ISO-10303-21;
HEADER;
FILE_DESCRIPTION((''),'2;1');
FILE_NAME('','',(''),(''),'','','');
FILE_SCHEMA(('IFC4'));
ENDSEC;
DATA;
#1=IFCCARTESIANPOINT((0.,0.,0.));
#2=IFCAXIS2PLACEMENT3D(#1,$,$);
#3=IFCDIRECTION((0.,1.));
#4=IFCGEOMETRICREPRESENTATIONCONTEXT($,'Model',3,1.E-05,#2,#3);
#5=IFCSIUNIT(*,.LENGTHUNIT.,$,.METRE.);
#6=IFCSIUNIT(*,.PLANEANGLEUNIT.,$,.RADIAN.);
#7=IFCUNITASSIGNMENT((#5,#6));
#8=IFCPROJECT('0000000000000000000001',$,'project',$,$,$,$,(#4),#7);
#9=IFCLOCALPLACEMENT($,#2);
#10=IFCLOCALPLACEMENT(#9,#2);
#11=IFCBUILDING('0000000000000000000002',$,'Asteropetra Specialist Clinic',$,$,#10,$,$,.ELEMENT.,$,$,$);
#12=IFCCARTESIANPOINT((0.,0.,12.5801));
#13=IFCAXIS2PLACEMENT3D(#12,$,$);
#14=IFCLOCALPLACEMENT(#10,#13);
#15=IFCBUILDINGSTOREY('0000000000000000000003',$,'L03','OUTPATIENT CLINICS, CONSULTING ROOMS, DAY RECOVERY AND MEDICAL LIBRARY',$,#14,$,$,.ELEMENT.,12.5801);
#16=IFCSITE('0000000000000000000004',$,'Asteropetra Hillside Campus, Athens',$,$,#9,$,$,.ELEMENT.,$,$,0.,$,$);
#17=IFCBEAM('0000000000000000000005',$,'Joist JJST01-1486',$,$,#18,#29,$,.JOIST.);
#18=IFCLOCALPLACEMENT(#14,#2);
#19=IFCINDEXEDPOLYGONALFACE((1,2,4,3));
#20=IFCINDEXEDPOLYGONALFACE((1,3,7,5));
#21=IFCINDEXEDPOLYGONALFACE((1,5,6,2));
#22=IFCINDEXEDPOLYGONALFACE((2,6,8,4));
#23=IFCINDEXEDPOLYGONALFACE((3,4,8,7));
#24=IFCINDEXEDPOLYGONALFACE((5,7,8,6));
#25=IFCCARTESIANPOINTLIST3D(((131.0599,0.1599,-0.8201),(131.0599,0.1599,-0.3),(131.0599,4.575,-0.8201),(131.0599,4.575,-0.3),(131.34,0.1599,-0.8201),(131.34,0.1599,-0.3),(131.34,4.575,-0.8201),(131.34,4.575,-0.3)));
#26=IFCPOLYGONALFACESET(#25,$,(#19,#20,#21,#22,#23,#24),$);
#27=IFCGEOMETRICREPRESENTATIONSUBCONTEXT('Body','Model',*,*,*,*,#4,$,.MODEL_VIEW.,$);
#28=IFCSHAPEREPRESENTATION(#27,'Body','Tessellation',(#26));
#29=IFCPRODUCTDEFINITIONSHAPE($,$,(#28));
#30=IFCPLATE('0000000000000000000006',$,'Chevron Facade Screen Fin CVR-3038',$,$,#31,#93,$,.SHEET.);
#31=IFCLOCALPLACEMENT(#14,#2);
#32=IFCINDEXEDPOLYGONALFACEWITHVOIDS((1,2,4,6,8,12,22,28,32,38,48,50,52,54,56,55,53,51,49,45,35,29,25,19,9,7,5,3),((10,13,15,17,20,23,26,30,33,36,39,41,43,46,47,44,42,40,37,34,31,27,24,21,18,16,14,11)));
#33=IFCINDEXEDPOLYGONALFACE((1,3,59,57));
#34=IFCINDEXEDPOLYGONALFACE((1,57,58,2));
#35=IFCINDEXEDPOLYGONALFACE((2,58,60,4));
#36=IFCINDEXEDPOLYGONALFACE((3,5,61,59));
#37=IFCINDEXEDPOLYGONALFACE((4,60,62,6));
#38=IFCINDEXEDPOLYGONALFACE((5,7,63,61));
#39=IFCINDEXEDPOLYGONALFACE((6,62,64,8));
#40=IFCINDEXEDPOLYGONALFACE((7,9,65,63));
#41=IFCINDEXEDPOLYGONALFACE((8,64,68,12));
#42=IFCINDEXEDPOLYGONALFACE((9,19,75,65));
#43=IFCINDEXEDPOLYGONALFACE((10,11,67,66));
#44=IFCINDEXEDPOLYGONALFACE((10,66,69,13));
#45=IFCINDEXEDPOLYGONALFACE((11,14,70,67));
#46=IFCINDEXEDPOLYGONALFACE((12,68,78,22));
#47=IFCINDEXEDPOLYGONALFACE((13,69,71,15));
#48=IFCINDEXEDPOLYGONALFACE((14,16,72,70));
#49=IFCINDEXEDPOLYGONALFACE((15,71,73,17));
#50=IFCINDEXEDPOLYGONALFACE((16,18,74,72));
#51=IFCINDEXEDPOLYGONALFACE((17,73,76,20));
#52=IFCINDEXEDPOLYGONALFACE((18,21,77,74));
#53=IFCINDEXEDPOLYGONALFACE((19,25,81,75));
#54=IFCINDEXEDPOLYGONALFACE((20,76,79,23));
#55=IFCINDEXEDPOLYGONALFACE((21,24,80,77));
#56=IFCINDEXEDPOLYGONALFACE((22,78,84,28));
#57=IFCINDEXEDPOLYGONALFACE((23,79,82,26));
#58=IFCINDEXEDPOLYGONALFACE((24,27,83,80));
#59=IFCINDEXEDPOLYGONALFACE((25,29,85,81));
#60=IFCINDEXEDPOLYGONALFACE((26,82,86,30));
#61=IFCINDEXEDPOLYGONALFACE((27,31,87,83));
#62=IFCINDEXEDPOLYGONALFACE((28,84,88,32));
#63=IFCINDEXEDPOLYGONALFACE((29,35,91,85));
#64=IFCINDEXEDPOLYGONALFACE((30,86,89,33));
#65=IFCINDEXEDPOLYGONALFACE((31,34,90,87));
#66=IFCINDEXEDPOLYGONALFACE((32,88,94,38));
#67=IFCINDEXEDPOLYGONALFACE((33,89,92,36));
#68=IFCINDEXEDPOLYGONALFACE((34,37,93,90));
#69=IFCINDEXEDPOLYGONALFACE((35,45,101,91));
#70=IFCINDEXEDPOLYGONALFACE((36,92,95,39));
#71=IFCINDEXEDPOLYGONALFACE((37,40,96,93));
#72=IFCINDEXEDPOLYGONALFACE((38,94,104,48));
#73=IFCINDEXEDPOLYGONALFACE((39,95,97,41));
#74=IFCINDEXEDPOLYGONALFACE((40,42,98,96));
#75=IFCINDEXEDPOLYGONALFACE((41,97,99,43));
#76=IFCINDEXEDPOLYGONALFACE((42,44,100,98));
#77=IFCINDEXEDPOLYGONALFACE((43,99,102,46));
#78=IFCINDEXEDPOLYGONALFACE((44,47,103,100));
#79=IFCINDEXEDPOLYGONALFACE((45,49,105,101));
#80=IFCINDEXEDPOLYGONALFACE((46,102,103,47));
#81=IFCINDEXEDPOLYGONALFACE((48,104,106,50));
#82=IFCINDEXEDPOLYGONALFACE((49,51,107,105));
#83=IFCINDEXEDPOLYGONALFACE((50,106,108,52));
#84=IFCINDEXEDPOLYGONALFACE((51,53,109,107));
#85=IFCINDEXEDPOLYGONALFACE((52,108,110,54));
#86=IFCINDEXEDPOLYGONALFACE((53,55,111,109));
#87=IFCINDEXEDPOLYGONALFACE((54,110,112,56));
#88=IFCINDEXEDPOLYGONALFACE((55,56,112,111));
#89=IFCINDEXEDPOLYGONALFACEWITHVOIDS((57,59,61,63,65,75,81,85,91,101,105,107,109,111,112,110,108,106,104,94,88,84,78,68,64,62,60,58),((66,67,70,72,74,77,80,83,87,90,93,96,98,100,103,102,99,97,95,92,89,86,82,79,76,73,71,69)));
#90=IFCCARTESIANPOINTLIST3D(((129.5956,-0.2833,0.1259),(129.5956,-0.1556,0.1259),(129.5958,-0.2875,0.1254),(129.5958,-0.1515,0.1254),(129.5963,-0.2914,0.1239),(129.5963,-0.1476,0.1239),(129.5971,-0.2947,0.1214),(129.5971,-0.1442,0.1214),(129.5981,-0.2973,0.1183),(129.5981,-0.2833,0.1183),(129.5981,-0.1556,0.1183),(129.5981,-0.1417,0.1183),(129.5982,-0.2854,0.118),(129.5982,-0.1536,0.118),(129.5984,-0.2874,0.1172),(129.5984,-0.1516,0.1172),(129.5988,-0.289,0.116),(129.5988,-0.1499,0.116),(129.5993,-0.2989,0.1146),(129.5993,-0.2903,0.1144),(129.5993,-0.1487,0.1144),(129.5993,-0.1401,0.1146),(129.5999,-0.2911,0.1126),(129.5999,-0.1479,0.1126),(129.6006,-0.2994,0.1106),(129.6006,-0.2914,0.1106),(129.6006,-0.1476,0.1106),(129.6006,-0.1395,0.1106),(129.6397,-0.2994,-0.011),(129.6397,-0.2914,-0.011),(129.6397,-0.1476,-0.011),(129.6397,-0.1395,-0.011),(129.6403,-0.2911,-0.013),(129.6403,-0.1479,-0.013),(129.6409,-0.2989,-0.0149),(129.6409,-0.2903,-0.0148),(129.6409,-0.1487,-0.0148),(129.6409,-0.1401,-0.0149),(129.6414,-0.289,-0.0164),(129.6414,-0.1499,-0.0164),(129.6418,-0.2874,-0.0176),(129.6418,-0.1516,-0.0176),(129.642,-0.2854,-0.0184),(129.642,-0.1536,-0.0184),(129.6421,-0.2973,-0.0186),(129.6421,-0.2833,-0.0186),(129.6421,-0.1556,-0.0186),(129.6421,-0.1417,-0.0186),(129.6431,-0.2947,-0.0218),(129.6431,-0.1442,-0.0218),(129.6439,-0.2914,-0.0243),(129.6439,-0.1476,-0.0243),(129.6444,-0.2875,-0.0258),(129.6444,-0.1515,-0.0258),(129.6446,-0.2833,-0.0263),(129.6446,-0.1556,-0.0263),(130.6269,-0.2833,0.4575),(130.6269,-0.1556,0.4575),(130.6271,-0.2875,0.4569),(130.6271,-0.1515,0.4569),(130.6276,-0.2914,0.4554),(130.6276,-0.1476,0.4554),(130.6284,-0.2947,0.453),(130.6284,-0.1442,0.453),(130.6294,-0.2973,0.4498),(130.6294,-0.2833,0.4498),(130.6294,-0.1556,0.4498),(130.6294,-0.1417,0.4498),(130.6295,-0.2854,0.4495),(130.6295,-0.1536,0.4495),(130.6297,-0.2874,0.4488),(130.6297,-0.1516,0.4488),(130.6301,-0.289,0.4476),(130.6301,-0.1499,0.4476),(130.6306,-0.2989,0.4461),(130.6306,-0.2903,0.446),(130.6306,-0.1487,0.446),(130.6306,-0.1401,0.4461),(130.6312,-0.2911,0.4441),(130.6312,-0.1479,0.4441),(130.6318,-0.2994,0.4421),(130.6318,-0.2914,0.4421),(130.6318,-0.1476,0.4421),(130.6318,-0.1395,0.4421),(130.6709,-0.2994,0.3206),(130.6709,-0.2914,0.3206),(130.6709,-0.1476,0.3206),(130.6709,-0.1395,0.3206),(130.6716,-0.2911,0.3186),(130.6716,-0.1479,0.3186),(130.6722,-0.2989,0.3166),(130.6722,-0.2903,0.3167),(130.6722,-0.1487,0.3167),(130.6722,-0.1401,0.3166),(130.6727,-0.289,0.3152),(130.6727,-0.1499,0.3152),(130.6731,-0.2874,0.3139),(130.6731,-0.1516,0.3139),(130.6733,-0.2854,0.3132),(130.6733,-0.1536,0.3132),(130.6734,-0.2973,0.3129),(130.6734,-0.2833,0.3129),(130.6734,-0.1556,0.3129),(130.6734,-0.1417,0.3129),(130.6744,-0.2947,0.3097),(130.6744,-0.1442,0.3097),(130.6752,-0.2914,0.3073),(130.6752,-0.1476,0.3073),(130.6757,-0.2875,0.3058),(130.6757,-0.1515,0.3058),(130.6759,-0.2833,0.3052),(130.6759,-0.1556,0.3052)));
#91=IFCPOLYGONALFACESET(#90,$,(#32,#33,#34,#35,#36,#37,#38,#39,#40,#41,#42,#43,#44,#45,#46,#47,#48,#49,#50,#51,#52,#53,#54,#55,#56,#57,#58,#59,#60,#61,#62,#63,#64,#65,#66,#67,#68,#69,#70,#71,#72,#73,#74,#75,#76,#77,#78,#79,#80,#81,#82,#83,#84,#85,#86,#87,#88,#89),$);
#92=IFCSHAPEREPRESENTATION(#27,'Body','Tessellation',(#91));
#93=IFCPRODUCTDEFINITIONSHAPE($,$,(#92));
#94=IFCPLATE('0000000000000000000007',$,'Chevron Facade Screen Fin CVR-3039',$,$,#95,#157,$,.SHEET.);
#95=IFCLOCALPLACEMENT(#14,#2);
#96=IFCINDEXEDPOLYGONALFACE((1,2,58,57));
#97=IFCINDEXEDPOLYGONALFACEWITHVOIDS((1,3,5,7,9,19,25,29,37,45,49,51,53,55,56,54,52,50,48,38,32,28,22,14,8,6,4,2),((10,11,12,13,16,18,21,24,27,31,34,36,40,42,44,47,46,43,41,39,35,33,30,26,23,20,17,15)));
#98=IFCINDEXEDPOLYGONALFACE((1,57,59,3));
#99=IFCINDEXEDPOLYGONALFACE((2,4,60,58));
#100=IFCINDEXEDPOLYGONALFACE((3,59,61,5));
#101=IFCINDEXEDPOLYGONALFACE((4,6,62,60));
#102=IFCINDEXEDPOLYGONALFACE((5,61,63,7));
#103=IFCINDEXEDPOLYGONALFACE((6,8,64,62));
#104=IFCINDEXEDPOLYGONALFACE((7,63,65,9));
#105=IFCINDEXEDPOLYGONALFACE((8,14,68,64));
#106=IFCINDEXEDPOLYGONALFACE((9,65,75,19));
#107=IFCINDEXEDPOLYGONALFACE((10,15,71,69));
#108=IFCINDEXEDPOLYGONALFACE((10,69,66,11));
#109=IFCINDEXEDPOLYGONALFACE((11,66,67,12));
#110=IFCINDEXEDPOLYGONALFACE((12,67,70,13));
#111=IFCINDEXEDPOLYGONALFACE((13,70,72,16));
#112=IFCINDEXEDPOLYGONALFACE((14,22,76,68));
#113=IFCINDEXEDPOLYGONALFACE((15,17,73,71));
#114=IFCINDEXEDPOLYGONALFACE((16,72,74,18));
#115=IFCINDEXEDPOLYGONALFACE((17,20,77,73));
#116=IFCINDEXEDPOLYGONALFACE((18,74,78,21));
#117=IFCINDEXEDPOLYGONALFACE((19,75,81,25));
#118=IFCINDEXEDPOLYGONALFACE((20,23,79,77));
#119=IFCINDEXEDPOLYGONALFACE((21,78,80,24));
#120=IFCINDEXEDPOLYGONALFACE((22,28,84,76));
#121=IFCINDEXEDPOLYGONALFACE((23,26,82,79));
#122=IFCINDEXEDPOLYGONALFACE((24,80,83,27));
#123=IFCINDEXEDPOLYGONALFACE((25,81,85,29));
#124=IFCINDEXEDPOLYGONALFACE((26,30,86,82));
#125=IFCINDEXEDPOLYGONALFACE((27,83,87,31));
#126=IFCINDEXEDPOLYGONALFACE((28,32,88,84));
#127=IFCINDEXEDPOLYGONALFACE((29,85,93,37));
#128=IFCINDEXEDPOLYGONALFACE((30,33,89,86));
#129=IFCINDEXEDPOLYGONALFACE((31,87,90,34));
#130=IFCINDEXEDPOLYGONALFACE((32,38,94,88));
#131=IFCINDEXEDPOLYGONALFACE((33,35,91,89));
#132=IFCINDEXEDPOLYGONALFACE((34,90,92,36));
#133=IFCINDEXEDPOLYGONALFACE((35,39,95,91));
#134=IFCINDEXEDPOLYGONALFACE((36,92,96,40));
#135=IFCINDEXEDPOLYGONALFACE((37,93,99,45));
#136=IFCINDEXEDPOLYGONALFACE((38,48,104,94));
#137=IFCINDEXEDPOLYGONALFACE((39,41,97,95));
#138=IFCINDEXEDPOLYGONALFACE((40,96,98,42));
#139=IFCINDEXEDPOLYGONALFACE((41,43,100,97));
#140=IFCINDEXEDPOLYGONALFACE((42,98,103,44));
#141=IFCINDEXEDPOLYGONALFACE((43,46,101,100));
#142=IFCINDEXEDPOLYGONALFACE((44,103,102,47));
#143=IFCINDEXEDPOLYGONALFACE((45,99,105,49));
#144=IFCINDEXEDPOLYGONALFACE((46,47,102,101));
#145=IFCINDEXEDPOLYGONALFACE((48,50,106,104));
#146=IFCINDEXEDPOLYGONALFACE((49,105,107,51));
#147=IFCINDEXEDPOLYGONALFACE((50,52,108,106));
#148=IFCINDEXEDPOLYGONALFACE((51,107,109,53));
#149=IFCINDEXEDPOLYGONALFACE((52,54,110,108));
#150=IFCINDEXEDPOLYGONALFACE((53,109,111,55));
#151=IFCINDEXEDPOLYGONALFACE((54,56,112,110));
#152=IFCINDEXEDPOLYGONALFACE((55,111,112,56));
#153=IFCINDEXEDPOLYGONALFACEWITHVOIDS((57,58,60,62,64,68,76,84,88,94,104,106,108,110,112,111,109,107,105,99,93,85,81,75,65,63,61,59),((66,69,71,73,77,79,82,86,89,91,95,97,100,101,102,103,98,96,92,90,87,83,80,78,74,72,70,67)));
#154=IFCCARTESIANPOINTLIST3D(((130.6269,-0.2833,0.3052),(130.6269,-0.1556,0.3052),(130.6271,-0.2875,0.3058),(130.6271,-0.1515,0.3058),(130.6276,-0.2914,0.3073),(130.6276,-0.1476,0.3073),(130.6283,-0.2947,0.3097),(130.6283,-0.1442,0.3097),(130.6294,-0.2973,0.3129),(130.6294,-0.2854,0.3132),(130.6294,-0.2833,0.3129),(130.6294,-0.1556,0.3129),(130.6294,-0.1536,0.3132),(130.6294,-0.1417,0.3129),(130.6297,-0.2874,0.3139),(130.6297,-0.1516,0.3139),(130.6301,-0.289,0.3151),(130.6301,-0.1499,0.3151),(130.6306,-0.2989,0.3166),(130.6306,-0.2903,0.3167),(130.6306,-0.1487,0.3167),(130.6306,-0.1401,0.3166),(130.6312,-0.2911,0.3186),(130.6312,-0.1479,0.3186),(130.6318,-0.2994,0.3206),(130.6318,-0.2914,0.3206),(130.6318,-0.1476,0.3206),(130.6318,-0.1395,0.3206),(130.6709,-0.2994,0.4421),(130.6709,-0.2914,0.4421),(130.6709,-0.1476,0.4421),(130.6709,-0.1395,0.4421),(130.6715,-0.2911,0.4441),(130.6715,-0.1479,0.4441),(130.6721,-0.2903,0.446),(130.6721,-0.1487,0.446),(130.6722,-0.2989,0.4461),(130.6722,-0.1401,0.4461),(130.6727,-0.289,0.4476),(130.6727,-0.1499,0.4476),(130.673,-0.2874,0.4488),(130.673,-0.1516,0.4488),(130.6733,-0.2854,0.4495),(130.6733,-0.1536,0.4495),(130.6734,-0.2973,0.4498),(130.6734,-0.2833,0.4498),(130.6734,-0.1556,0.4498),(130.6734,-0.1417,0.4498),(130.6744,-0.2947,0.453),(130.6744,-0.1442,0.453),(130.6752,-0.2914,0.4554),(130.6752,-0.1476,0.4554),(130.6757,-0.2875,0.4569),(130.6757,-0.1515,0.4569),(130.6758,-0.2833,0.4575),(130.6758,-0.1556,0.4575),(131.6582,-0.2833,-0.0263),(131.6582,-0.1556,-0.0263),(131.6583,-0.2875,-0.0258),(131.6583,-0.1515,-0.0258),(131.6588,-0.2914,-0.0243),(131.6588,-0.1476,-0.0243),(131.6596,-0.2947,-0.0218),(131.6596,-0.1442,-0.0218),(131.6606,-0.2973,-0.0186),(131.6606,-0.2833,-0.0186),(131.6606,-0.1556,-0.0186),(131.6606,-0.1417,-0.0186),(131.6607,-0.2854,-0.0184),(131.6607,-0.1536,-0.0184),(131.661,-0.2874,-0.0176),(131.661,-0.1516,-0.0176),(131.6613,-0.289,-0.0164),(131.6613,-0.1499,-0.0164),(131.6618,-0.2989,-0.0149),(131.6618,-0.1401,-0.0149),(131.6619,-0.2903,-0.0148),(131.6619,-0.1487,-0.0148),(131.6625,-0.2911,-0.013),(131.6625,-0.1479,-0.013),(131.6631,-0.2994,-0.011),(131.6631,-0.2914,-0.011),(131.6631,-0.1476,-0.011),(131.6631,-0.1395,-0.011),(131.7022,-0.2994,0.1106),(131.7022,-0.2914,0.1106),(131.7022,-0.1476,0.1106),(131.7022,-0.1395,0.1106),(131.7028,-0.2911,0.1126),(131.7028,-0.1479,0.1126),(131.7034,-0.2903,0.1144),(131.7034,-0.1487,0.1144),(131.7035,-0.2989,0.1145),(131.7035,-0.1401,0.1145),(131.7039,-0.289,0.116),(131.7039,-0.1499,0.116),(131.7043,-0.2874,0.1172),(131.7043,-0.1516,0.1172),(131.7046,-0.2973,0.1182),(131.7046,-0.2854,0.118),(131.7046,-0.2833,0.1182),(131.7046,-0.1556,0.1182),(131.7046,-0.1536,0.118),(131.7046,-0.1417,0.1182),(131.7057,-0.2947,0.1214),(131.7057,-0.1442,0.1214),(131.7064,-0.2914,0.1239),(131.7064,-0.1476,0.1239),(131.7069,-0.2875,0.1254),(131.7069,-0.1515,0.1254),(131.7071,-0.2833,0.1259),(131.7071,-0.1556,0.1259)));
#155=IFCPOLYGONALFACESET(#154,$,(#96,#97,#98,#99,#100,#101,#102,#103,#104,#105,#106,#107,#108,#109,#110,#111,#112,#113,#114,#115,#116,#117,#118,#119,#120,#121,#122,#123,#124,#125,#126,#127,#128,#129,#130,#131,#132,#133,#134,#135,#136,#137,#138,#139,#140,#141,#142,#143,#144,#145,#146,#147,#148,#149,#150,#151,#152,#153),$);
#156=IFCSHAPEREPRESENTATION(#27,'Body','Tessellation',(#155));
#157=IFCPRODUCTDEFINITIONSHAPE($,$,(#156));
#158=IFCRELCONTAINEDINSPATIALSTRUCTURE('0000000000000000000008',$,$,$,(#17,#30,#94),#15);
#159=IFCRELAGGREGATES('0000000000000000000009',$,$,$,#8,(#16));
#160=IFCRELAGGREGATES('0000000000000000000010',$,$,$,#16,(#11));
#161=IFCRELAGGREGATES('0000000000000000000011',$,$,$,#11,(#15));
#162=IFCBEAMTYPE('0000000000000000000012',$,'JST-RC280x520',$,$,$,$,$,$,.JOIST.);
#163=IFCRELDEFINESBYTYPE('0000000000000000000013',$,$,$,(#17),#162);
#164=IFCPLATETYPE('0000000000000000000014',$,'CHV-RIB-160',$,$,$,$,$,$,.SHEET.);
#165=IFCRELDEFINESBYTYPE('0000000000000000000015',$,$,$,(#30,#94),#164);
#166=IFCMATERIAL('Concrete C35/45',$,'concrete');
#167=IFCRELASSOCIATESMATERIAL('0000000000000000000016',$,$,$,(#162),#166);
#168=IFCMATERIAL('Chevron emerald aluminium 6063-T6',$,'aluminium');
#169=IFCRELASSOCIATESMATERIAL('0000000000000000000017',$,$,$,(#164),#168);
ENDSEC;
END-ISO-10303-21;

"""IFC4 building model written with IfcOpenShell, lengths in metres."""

from ifc_helpers import new_model, si_unit, direction, frame, origin, origin_2d, place, context, subcontext, project, spatial, rectangle, hollow_rectangle, extrude, material, material_profile, profile_set, type_object, element, save


model = new_model("IFC4")

# Units and contexts
model_context = context("Model", 3, precision=1e-05, world=origin(), true_north=direction((0.0, 1.0)))
body_context = subcontext(model_context, "Body", "Model", "MODEL_VIEW")
ifc_project = project(units=[si_unit("LENGTHUNIT", "METRE"), si_unit("PLANEANGLEUNIT", "RADIAN")], contexts=[model_context])

# Site, building, storey
site_placement = place(None, origin())
site = spatial("IfcSite", under=ifc_project, at=site_placement, Name="Asteropetra Hillside Campus, Athens", CompositionType="ELEMENT", RefElevation=0.0)
building_placement = place(site_placement, origin())
building = spatial("IfcBuilding", under=site, at=building_placement, Name="Asteropetra Specialist Clinic", CompositionType="ELEMENT")
storey_placement = place(building_placement, frame((0.0, 0.0, 12.5801)))
storey = spatial("IfcBuildingStorey", under=building, at=storey_placement, Name="L03", Description="OUTPATIENT CLINICS, CONSULTING ROOMS, DAY RECOVERY AND MEDICAL LIBRARY", CompositionType="ELEMENT", Elevation=12.5801)

# Beam
ifc_material_1 = material(Name="Concrete C35/45", Category="concrete")
ifc_material_profile_1 = material_profile(ifc_material_1, rectangle(XDim=0.28, YDim=0.52, at=origin_2d()), Name="RCJ 280x520")
ifc_profile_set_1 = profile_set([ifc_material_profile_1], Name="Concrete C35/45")
beam_type = type_object("IfcBeamType", Name="JST-RC280x520", PredefinedType="JOIST", material=ifc_profile_set_1)
beam_placement = place(storey_placement, frame((131.2, 0.1599, -0.5601), z_axis=(0.0, 1.0, 0.0), x_axis=(-1.0, 0.0, 0.0)))
element("IfcBeam", 1, at=beam_placement, inside=storey, type_object=beam_type, Name="Joist JJST01-1486", PredefinedType="JOIST", context=body_context, shape_type="SweptSolid", body=[
    extrude(rectangle(XDim=0.28, YDim=0.52, at=origin_2d()), origin(), (0.0, 0.0, 1.0), 4.415),
])

# Plates
ifc_material_2 = material(Name="Chevron emerald aluminium 6063-T6", Category="aluminium")
ifc_material_profile_2 = material_profile(ifc_material_2, hollow_rectangle(XDim=0.1599, YDim=0.1599, WallThickness=0.0081, InnerFilletRadius=0.0081, OuterFilletRadius=0.0161, at=origin_2d()), Name="SHS 160x160x8.0")
ifc_profile_set_2 = profile_set([ifc_material_profile_2], Name="Chevron emerald aluminium 6063-T6")
plate_type_1 = type_object("IfcPlateType", Name="CHV-RIB-160", PredefinedType="SHEET", material=ifc_profile_set_2)
for number, where, z_axis, x_axis, name in (
    (2, (129.6201, -0.2195, 0.0498), (0.95201, 0.0, 0.306068), (0.0, 1.0, 0.0), "Chevron Facade Screen Fin CVR-3038"),
    (3, (130.6514, -0.2195, 0.3813), (0.95201, 0.0, -0.306068), (0.0, 1.0, 0.0), "Chevron Facade Screen Fin CVR-3039"),
):
    element("IfcPlate", number, at=place(storey_placement, frame(where, z_axis=z_axis, x_axis=x_axis)), inside=storey, type_object=plate_type_1, Name=name, PredefinedType="SHEET", context=body_context, shape_type="SweptSolid", body=[
        extrude(hollow_rectangle(XDim=0.1599, YDim=0.1599, WallThickness=0.0081, InnerFilletRadius=0.0081, OuterFilletRadius=0.0161, at=origin_2d()), origin(), (0.0, 0.0, 1.0), 1.0833),
    ])

save(model, "model.ifc")
